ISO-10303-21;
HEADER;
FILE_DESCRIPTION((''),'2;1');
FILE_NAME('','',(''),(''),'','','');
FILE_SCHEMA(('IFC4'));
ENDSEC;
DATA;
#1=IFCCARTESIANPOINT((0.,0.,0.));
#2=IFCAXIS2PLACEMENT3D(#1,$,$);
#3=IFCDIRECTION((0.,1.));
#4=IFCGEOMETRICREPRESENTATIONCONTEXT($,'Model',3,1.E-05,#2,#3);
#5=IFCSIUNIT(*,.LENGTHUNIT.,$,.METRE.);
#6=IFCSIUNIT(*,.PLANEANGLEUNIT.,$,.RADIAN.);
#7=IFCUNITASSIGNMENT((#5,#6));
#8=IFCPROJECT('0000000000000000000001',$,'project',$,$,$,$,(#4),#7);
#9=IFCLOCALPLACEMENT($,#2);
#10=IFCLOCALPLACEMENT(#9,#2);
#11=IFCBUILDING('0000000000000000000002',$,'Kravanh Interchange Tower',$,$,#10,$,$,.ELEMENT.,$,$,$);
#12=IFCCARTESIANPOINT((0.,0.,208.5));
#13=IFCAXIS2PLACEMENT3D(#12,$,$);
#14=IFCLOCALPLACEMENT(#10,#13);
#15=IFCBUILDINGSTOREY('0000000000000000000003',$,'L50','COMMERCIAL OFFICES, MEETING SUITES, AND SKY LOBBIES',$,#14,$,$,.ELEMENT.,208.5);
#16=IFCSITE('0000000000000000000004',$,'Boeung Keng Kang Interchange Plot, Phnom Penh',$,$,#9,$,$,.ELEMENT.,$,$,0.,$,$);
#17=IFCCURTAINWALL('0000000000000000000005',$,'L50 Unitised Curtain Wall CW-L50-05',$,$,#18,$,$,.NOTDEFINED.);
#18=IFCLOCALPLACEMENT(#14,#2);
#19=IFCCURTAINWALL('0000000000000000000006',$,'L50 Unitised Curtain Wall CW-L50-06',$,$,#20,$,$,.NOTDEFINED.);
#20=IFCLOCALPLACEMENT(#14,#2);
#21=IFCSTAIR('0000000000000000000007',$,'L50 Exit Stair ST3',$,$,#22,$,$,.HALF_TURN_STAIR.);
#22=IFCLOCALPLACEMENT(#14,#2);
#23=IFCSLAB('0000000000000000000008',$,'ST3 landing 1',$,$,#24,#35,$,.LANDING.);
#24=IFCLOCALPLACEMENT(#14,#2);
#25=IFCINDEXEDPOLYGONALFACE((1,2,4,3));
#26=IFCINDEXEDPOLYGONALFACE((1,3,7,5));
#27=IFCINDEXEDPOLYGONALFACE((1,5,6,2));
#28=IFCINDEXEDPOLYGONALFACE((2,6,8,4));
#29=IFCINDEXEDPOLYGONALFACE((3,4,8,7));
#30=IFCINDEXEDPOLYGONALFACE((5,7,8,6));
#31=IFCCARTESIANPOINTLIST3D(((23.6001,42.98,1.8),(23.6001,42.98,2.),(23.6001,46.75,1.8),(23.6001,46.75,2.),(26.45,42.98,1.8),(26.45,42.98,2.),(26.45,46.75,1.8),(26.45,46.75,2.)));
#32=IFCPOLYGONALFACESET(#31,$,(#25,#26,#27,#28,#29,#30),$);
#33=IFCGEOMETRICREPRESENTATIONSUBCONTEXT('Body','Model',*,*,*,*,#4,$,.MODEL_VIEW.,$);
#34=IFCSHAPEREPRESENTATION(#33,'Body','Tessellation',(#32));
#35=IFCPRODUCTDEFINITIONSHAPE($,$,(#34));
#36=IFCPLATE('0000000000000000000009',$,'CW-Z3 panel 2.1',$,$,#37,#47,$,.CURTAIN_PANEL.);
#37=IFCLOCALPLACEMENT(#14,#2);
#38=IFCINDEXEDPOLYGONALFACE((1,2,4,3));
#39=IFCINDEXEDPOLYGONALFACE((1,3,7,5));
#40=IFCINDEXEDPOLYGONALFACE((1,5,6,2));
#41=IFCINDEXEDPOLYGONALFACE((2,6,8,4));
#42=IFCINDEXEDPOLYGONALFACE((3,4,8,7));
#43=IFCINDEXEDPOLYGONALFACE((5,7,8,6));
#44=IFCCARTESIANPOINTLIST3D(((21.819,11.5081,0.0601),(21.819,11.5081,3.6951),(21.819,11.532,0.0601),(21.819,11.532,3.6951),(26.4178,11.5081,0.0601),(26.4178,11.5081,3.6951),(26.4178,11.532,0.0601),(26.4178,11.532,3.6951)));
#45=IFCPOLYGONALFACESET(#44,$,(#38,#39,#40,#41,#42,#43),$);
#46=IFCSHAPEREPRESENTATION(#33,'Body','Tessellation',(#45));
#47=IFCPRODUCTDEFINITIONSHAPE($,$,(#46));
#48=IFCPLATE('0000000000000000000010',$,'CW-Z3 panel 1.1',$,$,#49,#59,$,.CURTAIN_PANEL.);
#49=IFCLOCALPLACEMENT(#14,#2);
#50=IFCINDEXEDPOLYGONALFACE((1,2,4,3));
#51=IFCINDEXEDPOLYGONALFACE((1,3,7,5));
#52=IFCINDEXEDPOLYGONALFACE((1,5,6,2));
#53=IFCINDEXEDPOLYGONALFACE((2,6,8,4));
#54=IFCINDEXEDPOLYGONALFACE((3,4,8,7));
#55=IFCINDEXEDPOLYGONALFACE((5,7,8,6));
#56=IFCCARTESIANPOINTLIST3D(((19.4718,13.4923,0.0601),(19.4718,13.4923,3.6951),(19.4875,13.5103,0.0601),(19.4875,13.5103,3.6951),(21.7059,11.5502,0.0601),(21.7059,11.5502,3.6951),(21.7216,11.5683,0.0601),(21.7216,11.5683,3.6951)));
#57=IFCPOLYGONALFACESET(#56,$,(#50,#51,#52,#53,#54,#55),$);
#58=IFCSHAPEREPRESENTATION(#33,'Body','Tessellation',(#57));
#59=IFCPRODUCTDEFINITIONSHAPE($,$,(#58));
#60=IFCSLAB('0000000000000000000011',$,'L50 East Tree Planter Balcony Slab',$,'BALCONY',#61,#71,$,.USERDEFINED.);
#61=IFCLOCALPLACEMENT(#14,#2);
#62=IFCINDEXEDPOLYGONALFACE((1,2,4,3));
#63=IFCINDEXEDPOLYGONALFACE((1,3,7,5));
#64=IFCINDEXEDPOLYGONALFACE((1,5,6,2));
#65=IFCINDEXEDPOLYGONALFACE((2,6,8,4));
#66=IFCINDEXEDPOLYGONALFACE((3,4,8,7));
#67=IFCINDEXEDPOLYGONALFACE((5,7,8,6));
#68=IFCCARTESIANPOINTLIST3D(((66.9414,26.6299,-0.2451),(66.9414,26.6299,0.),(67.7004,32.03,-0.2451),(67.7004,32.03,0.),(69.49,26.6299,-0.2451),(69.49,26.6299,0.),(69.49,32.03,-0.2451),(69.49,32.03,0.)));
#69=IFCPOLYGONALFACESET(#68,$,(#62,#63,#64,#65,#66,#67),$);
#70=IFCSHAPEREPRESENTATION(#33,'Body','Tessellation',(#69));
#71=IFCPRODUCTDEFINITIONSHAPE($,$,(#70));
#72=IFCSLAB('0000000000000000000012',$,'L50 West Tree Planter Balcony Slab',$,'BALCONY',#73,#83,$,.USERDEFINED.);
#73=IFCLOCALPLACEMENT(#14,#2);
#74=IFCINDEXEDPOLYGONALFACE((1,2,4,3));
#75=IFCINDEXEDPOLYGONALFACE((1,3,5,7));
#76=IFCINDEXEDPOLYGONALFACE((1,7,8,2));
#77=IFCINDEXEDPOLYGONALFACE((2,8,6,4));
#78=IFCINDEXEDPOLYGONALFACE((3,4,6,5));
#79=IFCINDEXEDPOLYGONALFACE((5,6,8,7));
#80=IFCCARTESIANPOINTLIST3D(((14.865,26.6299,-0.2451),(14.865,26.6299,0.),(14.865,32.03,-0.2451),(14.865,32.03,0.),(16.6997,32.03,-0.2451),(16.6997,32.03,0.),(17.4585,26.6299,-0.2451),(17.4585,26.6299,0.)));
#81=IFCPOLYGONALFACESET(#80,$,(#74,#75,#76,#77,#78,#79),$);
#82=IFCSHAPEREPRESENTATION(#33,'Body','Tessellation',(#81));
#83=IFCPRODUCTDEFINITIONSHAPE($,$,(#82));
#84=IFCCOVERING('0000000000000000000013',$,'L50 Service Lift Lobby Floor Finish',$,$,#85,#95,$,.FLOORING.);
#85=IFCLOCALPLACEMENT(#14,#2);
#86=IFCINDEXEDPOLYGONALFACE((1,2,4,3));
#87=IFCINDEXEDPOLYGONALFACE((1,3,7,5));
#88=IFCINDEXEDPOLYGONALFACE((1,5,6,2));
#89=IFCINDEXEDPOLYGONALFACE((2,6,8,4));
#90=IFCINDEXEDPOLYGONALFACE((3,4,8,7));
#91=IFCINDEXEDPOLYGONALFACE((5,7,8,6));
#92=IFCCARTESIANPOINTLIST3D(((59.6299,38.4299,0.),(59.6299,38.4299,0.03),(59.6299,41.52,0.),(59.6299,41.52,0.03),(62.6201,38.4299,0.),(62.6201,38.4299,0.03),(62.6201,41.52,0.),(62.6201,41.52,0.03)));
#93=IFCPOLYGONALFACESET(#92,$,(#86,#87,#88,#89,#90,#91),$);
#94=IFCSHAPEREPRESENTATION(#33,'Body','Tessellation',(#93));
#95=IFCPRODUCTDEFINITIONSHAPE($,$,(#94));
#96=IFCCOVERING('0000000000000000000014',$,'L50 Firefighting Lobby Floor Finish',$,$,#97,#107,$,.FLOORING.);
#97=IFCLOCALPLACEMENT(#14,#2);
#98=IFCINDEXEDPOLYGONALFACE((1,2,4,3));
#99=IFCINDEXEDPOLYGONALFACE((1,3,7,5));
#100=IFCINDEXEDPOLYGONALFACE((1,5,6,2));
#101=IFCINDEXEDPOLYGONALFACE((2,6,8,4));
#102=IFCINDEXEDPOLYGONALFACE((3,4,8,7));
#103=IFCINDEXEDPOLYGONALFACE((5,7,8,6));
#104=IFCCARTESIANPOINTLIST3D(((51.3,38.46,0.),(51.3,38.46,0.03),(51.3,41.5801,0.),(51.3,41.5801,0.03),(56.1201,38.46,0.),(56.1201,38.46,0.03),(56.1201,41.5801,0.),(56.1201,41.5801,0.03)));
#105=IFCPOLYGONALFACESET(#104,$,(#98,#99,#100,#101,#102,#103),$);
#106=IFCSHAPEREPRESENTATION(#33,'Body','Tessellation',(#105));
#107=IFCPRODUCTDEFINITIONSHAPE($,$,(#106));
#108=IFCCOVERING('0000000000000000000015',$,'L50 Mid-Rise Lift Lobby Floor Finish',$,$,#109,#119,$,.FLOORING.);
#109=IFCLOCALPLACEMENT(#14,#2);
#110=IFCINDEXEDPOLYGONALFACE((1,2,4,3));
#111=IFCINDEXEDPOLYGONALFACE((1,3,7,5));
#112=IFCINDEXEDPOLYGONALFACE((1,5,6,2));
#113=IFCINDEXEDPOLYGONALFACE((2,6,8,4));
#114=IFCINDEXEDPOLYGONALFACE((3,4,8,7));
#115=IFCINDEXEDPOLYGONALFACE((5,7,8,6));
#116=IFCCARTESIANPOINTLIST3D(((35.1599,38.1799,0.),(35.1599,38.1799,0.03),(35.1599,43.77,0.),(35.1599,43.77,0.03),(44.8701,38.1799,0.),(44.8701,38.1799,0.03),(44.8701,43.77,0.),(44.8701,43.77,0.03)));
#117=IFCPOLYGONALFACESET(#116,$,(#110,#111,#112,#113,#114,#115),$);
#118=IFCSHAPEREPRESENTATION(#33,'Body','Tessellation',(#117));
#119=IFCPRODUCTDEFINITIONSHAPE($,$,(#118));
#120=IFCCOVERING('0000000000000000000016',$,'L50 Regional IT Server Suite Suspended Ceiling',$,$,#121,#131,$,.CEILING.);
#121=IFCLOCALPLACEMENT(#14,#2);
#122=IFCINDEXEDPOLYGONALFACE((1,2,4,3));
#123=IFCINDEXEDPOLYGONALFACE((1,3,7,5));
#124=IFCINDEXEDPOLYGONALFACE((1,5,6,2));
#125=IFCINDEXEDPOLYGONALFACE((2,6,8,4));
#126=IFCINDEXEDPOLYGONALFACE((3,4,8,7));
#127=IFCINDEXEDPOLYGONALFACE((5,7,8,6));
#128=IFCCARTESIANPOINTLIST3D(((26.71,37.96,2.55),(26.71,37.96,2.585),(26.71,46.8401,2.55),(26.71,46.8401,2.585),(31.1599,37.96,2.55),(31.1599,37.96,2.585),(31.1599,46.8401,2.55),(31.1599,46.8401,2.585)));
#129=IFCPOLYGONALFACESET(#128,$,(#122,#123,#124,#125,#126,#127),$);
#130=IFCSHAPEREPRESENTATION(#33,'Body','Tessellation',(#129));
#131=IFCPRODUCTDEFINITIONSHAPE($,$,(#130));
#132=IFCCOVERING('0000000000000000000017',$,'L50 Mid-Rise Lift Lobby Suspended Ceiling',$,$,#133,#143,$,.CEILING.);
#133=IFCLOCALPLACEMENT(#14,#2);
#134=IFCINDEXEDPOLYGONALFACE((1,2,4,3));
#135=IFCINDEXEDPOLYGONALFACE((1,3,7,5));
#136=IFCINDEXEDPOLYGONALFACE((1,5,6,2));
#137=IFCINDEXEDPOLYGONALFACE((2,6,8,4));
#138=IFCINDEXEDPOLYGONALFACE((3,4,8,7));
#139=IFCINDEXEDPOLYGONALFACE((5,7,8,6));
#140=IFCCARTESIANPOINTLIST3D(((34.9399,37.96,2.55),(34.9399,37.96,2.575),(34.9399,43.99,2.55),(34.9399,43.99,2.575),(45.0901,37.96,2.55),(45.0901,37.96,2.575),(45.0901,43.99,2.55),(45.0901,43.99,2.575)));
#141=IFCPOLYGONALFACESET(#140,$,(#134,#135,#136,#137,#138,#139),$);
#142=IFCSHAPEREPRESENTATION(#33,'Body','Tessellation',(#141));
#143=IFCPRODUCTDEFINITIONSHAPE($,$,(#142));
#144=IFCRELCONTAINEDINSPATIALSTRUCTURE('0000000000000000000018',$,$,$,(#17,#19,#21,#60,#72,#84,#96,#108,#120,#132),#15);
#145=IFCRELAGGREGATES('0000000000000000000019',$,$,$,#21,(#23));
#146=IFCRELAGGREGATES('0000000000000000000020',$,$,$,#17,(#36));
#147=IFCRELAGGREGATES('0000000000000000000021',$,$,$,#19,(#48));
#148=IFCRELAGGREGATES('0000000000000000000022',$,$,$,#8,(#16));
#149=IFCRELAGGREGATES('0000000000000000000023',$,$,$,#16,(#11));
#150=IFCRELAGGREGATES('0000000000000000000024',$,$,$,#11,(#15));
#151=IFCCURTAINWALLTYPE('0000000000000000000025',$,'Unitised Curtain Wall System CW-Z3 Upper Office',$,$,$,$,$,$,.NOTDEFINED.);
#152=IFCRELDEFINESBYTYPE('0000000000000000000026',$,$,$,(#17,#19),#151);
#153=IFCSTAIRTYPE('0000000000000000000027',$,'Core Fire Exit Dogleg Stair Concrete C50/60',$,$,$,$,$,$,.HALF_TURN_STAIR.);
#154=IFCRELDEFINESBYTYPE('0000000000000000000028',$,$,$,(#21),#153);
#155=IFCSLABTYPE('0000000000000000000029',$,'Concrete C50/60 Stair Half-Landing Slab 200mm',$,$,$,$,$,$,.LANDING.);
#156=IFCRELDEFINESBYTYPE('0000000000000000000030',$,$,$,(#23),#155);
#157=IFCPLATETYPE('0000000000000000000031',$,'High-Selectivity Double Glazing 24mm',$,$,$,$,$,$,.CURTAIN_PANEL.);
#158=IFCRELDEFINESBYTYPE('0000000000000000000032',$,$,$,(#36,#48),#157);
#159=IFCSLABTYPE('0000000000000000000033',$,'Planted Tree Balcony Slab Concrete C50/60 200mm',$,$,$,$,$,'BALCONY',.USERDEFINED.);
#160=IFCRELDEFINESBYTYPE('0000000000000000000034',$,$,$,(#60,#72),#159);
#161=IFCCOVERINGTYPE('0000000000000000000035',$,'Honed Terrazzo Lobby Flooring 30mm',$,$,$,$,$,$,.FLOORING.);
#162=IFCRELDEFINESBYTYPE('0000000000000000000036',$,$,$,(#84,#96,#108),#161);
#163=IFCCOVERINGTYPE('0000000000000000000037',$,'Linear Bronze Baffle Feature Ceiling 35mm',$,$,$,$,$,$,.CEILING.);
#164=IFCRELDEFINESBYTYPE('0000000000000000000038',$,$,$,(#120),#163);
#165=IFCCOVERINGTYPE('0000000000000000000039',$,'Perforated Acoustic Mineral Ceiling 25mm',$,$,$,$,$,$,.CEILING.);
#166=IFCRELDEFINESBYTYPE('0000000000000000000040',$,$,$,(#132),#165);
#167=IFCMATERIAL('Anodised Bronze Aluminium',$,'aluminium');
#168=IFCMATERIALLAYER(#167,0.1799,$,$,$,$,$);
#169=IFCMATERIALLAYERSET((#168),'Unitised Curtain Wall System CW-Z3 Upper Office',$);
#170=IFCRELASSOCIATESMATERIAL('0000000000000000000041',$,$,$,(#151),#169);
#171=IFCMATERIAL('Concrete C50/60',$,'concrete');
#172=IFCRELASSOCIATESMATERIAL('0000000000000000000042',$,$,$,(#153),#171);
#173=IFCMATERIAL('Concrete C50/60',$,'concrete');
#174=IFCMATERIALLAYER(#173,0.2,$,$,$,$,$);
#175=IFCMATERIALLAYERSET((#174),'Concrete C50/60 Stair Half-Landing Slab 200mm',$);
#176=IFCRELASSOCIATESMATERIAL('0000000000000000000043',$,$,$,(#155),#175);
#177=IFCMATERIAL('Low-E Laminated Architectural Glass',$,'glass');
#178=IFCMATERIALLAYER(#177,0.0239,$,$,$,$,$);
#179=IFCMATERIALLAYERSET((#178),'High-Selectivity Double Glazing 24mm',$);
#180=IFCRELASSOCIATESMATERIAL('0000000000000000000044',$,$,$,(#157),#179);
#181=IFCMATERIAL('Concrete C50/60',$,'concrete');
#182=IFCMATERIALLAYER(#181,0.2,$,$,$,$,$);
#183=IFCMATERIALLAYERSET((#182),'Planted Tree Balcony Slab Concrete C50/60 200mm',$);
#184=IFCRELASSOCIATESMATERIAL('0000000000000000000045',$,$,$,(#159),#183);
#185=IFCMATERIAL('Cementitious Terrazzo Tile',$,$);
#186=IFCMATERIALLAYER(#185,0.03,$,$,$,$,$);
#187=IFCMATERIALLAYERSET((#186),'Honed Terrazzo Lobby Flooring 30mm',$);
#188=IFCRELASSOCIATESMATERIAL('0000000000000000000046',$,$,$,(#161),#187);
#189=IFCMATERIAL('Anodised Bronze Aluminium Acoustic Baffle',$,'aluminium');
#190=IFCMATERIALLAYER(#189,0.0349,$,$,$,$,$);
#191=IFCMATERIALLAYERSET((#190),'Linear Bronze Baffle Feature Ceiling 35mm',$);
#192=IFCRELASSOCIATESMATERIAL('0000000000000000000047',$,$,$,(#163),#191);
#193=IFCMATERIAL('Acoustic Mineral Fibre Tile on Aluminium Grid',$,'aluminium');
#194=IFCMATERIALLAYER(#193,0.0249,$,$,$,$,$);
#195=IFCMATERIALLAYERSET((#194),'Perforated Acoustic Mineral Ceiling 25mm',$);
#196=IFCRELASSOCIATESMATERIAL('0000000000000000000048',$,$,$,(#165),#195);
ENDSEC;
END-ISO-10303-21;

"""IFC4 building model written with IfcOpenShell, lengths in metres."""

from ifc_helpers import new_model, si_unit, direction, frame, origin, origin_2d, place, context, subcontext, project, spatial, polyline, rectangle, outline, extrude, material, layer, layer_set, type_object, element, aggregate, save


model = new_model("IFC4")

# Units and contexts
model_context = context("Model", 3, precision=1e-05, world=origin(), true_north=direction((0.0, 1.0)))
body_context = subcontext(model_context, "Body", "Model", "MODEL_VIEW")
ifc_project = project(units=[si_unit("LENGTHUNIT", "METRE"), si_unit("PLANEANGLEUNIT", "RADIAN")], contexts=[model_context])

# Site, building, storey
site_placement = place(None, origin())
site = spatial("IfcSite", under=ifc_project, at=site_placement, Name="Boeung Keng Kang Interchange Plot, Phnom Penh", CompositionType="ELEMENT", RefElevation=0.0)
building_placement = place(site_placement, origin())
building = spatial("IfcBuilding", under=site, at=building_placement, Name="Kravanh Interchange Tower", CompositionType="ELEMENT")
storey_placement = place(building_placement, frame((0.0, 0.0, 208.5)))
storey = spatial("IfcBuildingStorey", under=building, at=storey_placement, Name="L50", Description="COMMERCIAL OFFICES, MEETING SUITES, AND SKY LOBBIES", CompositionType="ELEMENT", Elevation=208.5)

# Curtain wall
ifc_material_1 = material(Name="Anodised Bronze Aluminium", Category="aluminium")
ifc_layer_1 = layer(ifc_material_1, 0.1799)
ifc_layer_set_1 = layer_set([ifc_layer_1], Name="Unitised Curtain Wall System CW-Z3 Upper Office")
curtain_wall_type = type_object("IfcCurtainWallType", Name="Unitised Curtain Wall System CW-Z3 Upper Office", PredefinedType="NOTDEFINED", material=ifc_layer_set_1)
curtain_wall_1_placement = place(storey_placement, origin())
curtain_wall_1 = element("IfcCurtainWall", 1, at=curtain_wall_1_placement, inside=storey, type_object=curtain_wall_type, Name="L50 Unitised Curtain Wall CW-L50-05", PredefinedType="NOTDEFINED")

# Curtain wall
curtain_wall_2_placement = place(storey_placement, origin())
curtain_wall_2 = element("IfcCurtainWall", 2, at=curtain_wall_2_placement, inside=storey, type_object=curtain_wall_type, Name="L50 Unitised Curtain Wall CW-L50-06", PredefinedType="NOTDEFINED")

# Stair, slab
ifc_material_2 = material(Name="Concrete C50/60", Category="concrete")
stair_type = type_object("IfcStairType", Name="Core Fire Exit Dogleg Stair Concrete C50/60", PredefinedType="HALF_TURN_STAIR", material=ifc_material_2)
ifc_material_3 = material(Name="Concrete C50/60", Category="concrete")
ifc_layer_2 = layer(ifc_material_3, 0.2)
ifc_layer_set_2 = layer_set([ifc_layer_2], Name="Concrete C50/60 Stair Half-Landing Slab 200mm")
slab_type_1 = type_object("IfcSlabType", Name="Concrete C50/60 Stair Half-Landing Slab 200mm", PredefinedType="LANDING", material=ifc_layer_set_2)
stair_1_placement = place(storey_placement, origin())
stair_1 = element("IfcStair", 3, at=stair_1_placement, inside=storey, type_object=stair_type, Name="L50 Exit Stair ST3", PredefinedType="HALF_TURN_STAIR")
slab_1_placement = place(storey_placement, frame((0.0, 0.0, 1.8)))
slab_1 = element("IfcSlab", 4, at=slab_1_placement, type_object=slab_type_1, Name="ST3 landing 1", PredefinedType="LANDING", context=body_context, shape_type="SweptSolid", body=[
    extrude(outline(polyline([(26.45, 42.98), (26.45, 46.75), (23.6001, 46.75), (23.6001, 42.98), (26.45, 42.98)])), origin(), (0.0, 0.0, 1.0), 0.2),
])
aggregate(stair_1, [slab_1])

# Plates
ifc_material_4 = material(Name="Low-E Laminated Architectural Glass", Category="glass")
ifc_layer_3 = layer(ifc_material_4, 0.0239)
ifc_layer_set_3 = layer_set([ifc_layer_3], Name="High-Selectivity Double Glazing 24mm")
plate_type = type_object("IfcPlateType", Name="High-Selectivity Double Glazing 24mm", PredefinedType="CURTAIN_PANEL", material=ifc_layer_set_3)
plate_1_placement = place(storey_placement, frame((24.1184, 11.52, 0.0601), z_axis=(0.0, 0.0, 1.0), x_axis=(-1.0, 0.0, 0.0)))
plate_1 = element("IfcPlate", 5, at=plate_1_placement, type_object=plate_type, Name="CW-Z3 panel 2.1", PredefinedType="CURTAIN_PANEL", context=body_context, shape_type="SweptSolid", body=[
    extrude(rectangle(XDim=4.5989, YDim=0.0239, at=origin_2d()), origin(), (0.0, 0.0, 1.0), 3.635),
])
aggregate(curtain_wall_1, [plate_1])
plate_2_placement = place(storey_placement, frame((20.5967, 12.5303, 0.0601), z_axis=(0.0, 0.0, 1.0), x_axis=(-0.754717, 0.656051, 0.0)))
plate_2 = element("IfcPlate", 6, at=plate_2_placement, type_object=plate_type, Name="CW-Z3 panel 1.1", PredefinedType="CURTAIN_PANEL", context=body_context, shape_type="SweptSolid", body=[
    extrude(rectangle(XDim=2.9602, YDim=0.0239, at=origin_2d()), origin(), (0.0, 0.0, 1.0), 3.635),
])
aggregate(curtain_wall_2, [plate_2])

# Slabs
ifc_material_5 = material(Name="Concrete C50/60", Category="concrete")
ifc_layer_4 = layer(ifc_material_5, 0.2)
ifc_layer_set_4 = layer_set([ifc_layer_4], Name="Planted Tree Balcony Slab Concrete C50/60 200mm")
slab_type_2 = type_object("IfcSlabType", Name="Planted Tree Balcony Slab Concrete C50/60 200mm", ElementType="BALCONY", PredefinedType="USERDEFINED", material=ifc_layer_set_4)
slab_2_placement = place(storey_placement, frame((0.0, 0.0, -0.2451)))
element("IfcSlab", 7, at=slab_2_placement, inside=storey, type_object=slab_type_2, Name="L50 East Tree Planter Balcony Slab", ObjectType="BALCONY", PredefinedType="USERDEFINED", context=body_context, shape_type="SweptSolid", body=[
    extrude(outline(polyline([(69.49, 32.03), (69.49, 26.6299), (66.9414, 26.6299), (67.7004, 32.03), (69.49, 32.03)])), origin(), (0.0, 0.0, 1.0), 0.2451),
])
slab_3_placement = place(storey_placement, frame((0.0, 0.0, -0.2451)))
element("IfcSlab", 8, at=slab_3_placement, inside=storey, type_object=slab_type_2, Name="L50 West Tree Planter Balcony Slab", ObjectType="BALCONY", PredefinedType="USERDEFINED", context=body_context, shape_type="SweptSolid", body=[
    extrude(outline(polyline([(14.865, 26.6299), (14.865, 32.03), (16.6997, 32.03), (17.4585, 26.6299), (14.865, 26.6299)])), origin(), (0.0, 0.0, 1.0), 0.2451),
])

# Coverings
ifc_material_6 = material(Name="Cementitious Terrazzo Tile")
ifc_layer_5 = layer(ifc_material_6, 0.03)
ifc_layer_set_5 = layer_set([ifc_layer_5], Name="Honed Terrazzo Lobby Flooring 30mm")
covering_type_1 = type_object("IfcCoveringType", Name="Honed Terrazzo Lobby Flooring 30mm", PredefinedType="FLOORING", material=ifc_layer_set_5)
covering_1_placement = place(storey_placement, origin())
element("IfcCovering", 9, at=covering_1_placement, inside=storey, type_object=covering_type_1, Name="L50 Service Lift Lobby Floor Finish", PredefinedType="FLOORING", context=body_context, shape_type="SweptSolid", body=[
    extrude(outline(polyline([(59.6299, 41.52), (62.6201, 41.52), (62.6201, 38.4299), (59.6299, 38.4299), (59.6299, 41.52)])), origin(), (0.0, 0.0, 1.0), 0.03),
])
covering_2_placement = place(storey_placement, origin())
element("IfcCovering", 10, at=covering_2_placement, inside=storey, type_object=covering_type_1, Name="L50 Firefighting Lobby Floor Finish", PredefinedType="FLOORING", context=body_context, shape_type="SweptSolid", body=[
    extrude(outline(polyline([(56.1201, 38.46), (51.3, 38.46), (51.3, 41.5801), (56.1201, 41.5801), (56.1201, 38.46)])), origin(), (0.0, 0.0, 1.0), 0.03),
])
covering_3_placement = place(storey_placement, origin())
element("IfcCovering", 11, at=covering_3_placement, inside=storey, type_object=covering_type_1, Name="L50 Mid-Rise Lift Lobby Floor Finish", PredefinedType="FLOORING", context=body_context, shape_type="SweptSolid", body=[
    extrude(outline(polyline([(35.1599, 43.77), (44.8701, 43.77), (44.8701, 38.1799), (35.1599, 38.1799), (35.1599, 43.77)])), origin(), (0.0, 0.0, 1.0), 0.03),
])
ifc_material_7 = material(Name="Anodised Bronze Aluminium Acoustic Baffle", Category="aluminium")
ifc_layer_6 = layer(ifc_material_7, 0.0349)
ifc_layer_set_6 = layer_set([ifc_layer_6], Name="Linear Bronze Baffle Feature Ceiling 35mm")
covering_type_2 = type_object("IfcCoveringType", Name="Linear Bronze Baffle Feature Ceiling 35mm", PredefinedType="CEILING", material=ifc_layer_set_6)
covering_4_placement = place(storey_placement, frame((0.0, 0.0, 2.55)))
element("IfcCovering", 12, at=covering_4_placement, inside=storey, type_object=covering_type_2, Name="L50 Regional IT Server Suite Suspended Ceiling", PredefinedType="CEILING", context=body_context, shape_type="SweptSolid", body=[
    extrude(outline(polyline([(31.1599, 37.96), (26.71, 37.96), (26.71, 46.8401), (31.1599, 46.8401), (31.1599, 37.96)])), origin(), (0.0, 0.0, 1.0), 0.0349),
])
ifc_material_8 = material(Name="Acoustic Mineral Fibre Tile on Aluminium Grid", Category="aluminium")
ifc_layer_7 = layer(ifc_material_8, 0.0249)
ifc_layer_set_7 = layer_set([ifc_layer_7], Name="Perforated Acoustic Mineral Ceiling 25mm")
covering_type_3 = type_object("IfcCoveringType", Name="Perforated Acoustic Mineral Ceiling 25mm", PredefinedType="CEILING", material=ifc_layer_set_7)
covering_5_placement = place(storey_placement, frame((0.0, 0.0, 2.55)))
element("IfcCovering", 13, at=covering_5_placement, inside=storey, type_object=covering_type_3, Name="L50 Mid-Rise Lift Lobby Suspended Ceiling", PredefinedType="CEILING", context=body_context, shape_type="SweptSolid", body=[
    extrude(outline(polyline([(45.0901, 37.96), (34.9399, 37.96), (34.9399, 43.99), (45.0901, 43.99), (45.0901, 37.96)])), origin(), (0.0, 0.0, 1.0), 0.0249),
])

save(model, "model.ifc")
